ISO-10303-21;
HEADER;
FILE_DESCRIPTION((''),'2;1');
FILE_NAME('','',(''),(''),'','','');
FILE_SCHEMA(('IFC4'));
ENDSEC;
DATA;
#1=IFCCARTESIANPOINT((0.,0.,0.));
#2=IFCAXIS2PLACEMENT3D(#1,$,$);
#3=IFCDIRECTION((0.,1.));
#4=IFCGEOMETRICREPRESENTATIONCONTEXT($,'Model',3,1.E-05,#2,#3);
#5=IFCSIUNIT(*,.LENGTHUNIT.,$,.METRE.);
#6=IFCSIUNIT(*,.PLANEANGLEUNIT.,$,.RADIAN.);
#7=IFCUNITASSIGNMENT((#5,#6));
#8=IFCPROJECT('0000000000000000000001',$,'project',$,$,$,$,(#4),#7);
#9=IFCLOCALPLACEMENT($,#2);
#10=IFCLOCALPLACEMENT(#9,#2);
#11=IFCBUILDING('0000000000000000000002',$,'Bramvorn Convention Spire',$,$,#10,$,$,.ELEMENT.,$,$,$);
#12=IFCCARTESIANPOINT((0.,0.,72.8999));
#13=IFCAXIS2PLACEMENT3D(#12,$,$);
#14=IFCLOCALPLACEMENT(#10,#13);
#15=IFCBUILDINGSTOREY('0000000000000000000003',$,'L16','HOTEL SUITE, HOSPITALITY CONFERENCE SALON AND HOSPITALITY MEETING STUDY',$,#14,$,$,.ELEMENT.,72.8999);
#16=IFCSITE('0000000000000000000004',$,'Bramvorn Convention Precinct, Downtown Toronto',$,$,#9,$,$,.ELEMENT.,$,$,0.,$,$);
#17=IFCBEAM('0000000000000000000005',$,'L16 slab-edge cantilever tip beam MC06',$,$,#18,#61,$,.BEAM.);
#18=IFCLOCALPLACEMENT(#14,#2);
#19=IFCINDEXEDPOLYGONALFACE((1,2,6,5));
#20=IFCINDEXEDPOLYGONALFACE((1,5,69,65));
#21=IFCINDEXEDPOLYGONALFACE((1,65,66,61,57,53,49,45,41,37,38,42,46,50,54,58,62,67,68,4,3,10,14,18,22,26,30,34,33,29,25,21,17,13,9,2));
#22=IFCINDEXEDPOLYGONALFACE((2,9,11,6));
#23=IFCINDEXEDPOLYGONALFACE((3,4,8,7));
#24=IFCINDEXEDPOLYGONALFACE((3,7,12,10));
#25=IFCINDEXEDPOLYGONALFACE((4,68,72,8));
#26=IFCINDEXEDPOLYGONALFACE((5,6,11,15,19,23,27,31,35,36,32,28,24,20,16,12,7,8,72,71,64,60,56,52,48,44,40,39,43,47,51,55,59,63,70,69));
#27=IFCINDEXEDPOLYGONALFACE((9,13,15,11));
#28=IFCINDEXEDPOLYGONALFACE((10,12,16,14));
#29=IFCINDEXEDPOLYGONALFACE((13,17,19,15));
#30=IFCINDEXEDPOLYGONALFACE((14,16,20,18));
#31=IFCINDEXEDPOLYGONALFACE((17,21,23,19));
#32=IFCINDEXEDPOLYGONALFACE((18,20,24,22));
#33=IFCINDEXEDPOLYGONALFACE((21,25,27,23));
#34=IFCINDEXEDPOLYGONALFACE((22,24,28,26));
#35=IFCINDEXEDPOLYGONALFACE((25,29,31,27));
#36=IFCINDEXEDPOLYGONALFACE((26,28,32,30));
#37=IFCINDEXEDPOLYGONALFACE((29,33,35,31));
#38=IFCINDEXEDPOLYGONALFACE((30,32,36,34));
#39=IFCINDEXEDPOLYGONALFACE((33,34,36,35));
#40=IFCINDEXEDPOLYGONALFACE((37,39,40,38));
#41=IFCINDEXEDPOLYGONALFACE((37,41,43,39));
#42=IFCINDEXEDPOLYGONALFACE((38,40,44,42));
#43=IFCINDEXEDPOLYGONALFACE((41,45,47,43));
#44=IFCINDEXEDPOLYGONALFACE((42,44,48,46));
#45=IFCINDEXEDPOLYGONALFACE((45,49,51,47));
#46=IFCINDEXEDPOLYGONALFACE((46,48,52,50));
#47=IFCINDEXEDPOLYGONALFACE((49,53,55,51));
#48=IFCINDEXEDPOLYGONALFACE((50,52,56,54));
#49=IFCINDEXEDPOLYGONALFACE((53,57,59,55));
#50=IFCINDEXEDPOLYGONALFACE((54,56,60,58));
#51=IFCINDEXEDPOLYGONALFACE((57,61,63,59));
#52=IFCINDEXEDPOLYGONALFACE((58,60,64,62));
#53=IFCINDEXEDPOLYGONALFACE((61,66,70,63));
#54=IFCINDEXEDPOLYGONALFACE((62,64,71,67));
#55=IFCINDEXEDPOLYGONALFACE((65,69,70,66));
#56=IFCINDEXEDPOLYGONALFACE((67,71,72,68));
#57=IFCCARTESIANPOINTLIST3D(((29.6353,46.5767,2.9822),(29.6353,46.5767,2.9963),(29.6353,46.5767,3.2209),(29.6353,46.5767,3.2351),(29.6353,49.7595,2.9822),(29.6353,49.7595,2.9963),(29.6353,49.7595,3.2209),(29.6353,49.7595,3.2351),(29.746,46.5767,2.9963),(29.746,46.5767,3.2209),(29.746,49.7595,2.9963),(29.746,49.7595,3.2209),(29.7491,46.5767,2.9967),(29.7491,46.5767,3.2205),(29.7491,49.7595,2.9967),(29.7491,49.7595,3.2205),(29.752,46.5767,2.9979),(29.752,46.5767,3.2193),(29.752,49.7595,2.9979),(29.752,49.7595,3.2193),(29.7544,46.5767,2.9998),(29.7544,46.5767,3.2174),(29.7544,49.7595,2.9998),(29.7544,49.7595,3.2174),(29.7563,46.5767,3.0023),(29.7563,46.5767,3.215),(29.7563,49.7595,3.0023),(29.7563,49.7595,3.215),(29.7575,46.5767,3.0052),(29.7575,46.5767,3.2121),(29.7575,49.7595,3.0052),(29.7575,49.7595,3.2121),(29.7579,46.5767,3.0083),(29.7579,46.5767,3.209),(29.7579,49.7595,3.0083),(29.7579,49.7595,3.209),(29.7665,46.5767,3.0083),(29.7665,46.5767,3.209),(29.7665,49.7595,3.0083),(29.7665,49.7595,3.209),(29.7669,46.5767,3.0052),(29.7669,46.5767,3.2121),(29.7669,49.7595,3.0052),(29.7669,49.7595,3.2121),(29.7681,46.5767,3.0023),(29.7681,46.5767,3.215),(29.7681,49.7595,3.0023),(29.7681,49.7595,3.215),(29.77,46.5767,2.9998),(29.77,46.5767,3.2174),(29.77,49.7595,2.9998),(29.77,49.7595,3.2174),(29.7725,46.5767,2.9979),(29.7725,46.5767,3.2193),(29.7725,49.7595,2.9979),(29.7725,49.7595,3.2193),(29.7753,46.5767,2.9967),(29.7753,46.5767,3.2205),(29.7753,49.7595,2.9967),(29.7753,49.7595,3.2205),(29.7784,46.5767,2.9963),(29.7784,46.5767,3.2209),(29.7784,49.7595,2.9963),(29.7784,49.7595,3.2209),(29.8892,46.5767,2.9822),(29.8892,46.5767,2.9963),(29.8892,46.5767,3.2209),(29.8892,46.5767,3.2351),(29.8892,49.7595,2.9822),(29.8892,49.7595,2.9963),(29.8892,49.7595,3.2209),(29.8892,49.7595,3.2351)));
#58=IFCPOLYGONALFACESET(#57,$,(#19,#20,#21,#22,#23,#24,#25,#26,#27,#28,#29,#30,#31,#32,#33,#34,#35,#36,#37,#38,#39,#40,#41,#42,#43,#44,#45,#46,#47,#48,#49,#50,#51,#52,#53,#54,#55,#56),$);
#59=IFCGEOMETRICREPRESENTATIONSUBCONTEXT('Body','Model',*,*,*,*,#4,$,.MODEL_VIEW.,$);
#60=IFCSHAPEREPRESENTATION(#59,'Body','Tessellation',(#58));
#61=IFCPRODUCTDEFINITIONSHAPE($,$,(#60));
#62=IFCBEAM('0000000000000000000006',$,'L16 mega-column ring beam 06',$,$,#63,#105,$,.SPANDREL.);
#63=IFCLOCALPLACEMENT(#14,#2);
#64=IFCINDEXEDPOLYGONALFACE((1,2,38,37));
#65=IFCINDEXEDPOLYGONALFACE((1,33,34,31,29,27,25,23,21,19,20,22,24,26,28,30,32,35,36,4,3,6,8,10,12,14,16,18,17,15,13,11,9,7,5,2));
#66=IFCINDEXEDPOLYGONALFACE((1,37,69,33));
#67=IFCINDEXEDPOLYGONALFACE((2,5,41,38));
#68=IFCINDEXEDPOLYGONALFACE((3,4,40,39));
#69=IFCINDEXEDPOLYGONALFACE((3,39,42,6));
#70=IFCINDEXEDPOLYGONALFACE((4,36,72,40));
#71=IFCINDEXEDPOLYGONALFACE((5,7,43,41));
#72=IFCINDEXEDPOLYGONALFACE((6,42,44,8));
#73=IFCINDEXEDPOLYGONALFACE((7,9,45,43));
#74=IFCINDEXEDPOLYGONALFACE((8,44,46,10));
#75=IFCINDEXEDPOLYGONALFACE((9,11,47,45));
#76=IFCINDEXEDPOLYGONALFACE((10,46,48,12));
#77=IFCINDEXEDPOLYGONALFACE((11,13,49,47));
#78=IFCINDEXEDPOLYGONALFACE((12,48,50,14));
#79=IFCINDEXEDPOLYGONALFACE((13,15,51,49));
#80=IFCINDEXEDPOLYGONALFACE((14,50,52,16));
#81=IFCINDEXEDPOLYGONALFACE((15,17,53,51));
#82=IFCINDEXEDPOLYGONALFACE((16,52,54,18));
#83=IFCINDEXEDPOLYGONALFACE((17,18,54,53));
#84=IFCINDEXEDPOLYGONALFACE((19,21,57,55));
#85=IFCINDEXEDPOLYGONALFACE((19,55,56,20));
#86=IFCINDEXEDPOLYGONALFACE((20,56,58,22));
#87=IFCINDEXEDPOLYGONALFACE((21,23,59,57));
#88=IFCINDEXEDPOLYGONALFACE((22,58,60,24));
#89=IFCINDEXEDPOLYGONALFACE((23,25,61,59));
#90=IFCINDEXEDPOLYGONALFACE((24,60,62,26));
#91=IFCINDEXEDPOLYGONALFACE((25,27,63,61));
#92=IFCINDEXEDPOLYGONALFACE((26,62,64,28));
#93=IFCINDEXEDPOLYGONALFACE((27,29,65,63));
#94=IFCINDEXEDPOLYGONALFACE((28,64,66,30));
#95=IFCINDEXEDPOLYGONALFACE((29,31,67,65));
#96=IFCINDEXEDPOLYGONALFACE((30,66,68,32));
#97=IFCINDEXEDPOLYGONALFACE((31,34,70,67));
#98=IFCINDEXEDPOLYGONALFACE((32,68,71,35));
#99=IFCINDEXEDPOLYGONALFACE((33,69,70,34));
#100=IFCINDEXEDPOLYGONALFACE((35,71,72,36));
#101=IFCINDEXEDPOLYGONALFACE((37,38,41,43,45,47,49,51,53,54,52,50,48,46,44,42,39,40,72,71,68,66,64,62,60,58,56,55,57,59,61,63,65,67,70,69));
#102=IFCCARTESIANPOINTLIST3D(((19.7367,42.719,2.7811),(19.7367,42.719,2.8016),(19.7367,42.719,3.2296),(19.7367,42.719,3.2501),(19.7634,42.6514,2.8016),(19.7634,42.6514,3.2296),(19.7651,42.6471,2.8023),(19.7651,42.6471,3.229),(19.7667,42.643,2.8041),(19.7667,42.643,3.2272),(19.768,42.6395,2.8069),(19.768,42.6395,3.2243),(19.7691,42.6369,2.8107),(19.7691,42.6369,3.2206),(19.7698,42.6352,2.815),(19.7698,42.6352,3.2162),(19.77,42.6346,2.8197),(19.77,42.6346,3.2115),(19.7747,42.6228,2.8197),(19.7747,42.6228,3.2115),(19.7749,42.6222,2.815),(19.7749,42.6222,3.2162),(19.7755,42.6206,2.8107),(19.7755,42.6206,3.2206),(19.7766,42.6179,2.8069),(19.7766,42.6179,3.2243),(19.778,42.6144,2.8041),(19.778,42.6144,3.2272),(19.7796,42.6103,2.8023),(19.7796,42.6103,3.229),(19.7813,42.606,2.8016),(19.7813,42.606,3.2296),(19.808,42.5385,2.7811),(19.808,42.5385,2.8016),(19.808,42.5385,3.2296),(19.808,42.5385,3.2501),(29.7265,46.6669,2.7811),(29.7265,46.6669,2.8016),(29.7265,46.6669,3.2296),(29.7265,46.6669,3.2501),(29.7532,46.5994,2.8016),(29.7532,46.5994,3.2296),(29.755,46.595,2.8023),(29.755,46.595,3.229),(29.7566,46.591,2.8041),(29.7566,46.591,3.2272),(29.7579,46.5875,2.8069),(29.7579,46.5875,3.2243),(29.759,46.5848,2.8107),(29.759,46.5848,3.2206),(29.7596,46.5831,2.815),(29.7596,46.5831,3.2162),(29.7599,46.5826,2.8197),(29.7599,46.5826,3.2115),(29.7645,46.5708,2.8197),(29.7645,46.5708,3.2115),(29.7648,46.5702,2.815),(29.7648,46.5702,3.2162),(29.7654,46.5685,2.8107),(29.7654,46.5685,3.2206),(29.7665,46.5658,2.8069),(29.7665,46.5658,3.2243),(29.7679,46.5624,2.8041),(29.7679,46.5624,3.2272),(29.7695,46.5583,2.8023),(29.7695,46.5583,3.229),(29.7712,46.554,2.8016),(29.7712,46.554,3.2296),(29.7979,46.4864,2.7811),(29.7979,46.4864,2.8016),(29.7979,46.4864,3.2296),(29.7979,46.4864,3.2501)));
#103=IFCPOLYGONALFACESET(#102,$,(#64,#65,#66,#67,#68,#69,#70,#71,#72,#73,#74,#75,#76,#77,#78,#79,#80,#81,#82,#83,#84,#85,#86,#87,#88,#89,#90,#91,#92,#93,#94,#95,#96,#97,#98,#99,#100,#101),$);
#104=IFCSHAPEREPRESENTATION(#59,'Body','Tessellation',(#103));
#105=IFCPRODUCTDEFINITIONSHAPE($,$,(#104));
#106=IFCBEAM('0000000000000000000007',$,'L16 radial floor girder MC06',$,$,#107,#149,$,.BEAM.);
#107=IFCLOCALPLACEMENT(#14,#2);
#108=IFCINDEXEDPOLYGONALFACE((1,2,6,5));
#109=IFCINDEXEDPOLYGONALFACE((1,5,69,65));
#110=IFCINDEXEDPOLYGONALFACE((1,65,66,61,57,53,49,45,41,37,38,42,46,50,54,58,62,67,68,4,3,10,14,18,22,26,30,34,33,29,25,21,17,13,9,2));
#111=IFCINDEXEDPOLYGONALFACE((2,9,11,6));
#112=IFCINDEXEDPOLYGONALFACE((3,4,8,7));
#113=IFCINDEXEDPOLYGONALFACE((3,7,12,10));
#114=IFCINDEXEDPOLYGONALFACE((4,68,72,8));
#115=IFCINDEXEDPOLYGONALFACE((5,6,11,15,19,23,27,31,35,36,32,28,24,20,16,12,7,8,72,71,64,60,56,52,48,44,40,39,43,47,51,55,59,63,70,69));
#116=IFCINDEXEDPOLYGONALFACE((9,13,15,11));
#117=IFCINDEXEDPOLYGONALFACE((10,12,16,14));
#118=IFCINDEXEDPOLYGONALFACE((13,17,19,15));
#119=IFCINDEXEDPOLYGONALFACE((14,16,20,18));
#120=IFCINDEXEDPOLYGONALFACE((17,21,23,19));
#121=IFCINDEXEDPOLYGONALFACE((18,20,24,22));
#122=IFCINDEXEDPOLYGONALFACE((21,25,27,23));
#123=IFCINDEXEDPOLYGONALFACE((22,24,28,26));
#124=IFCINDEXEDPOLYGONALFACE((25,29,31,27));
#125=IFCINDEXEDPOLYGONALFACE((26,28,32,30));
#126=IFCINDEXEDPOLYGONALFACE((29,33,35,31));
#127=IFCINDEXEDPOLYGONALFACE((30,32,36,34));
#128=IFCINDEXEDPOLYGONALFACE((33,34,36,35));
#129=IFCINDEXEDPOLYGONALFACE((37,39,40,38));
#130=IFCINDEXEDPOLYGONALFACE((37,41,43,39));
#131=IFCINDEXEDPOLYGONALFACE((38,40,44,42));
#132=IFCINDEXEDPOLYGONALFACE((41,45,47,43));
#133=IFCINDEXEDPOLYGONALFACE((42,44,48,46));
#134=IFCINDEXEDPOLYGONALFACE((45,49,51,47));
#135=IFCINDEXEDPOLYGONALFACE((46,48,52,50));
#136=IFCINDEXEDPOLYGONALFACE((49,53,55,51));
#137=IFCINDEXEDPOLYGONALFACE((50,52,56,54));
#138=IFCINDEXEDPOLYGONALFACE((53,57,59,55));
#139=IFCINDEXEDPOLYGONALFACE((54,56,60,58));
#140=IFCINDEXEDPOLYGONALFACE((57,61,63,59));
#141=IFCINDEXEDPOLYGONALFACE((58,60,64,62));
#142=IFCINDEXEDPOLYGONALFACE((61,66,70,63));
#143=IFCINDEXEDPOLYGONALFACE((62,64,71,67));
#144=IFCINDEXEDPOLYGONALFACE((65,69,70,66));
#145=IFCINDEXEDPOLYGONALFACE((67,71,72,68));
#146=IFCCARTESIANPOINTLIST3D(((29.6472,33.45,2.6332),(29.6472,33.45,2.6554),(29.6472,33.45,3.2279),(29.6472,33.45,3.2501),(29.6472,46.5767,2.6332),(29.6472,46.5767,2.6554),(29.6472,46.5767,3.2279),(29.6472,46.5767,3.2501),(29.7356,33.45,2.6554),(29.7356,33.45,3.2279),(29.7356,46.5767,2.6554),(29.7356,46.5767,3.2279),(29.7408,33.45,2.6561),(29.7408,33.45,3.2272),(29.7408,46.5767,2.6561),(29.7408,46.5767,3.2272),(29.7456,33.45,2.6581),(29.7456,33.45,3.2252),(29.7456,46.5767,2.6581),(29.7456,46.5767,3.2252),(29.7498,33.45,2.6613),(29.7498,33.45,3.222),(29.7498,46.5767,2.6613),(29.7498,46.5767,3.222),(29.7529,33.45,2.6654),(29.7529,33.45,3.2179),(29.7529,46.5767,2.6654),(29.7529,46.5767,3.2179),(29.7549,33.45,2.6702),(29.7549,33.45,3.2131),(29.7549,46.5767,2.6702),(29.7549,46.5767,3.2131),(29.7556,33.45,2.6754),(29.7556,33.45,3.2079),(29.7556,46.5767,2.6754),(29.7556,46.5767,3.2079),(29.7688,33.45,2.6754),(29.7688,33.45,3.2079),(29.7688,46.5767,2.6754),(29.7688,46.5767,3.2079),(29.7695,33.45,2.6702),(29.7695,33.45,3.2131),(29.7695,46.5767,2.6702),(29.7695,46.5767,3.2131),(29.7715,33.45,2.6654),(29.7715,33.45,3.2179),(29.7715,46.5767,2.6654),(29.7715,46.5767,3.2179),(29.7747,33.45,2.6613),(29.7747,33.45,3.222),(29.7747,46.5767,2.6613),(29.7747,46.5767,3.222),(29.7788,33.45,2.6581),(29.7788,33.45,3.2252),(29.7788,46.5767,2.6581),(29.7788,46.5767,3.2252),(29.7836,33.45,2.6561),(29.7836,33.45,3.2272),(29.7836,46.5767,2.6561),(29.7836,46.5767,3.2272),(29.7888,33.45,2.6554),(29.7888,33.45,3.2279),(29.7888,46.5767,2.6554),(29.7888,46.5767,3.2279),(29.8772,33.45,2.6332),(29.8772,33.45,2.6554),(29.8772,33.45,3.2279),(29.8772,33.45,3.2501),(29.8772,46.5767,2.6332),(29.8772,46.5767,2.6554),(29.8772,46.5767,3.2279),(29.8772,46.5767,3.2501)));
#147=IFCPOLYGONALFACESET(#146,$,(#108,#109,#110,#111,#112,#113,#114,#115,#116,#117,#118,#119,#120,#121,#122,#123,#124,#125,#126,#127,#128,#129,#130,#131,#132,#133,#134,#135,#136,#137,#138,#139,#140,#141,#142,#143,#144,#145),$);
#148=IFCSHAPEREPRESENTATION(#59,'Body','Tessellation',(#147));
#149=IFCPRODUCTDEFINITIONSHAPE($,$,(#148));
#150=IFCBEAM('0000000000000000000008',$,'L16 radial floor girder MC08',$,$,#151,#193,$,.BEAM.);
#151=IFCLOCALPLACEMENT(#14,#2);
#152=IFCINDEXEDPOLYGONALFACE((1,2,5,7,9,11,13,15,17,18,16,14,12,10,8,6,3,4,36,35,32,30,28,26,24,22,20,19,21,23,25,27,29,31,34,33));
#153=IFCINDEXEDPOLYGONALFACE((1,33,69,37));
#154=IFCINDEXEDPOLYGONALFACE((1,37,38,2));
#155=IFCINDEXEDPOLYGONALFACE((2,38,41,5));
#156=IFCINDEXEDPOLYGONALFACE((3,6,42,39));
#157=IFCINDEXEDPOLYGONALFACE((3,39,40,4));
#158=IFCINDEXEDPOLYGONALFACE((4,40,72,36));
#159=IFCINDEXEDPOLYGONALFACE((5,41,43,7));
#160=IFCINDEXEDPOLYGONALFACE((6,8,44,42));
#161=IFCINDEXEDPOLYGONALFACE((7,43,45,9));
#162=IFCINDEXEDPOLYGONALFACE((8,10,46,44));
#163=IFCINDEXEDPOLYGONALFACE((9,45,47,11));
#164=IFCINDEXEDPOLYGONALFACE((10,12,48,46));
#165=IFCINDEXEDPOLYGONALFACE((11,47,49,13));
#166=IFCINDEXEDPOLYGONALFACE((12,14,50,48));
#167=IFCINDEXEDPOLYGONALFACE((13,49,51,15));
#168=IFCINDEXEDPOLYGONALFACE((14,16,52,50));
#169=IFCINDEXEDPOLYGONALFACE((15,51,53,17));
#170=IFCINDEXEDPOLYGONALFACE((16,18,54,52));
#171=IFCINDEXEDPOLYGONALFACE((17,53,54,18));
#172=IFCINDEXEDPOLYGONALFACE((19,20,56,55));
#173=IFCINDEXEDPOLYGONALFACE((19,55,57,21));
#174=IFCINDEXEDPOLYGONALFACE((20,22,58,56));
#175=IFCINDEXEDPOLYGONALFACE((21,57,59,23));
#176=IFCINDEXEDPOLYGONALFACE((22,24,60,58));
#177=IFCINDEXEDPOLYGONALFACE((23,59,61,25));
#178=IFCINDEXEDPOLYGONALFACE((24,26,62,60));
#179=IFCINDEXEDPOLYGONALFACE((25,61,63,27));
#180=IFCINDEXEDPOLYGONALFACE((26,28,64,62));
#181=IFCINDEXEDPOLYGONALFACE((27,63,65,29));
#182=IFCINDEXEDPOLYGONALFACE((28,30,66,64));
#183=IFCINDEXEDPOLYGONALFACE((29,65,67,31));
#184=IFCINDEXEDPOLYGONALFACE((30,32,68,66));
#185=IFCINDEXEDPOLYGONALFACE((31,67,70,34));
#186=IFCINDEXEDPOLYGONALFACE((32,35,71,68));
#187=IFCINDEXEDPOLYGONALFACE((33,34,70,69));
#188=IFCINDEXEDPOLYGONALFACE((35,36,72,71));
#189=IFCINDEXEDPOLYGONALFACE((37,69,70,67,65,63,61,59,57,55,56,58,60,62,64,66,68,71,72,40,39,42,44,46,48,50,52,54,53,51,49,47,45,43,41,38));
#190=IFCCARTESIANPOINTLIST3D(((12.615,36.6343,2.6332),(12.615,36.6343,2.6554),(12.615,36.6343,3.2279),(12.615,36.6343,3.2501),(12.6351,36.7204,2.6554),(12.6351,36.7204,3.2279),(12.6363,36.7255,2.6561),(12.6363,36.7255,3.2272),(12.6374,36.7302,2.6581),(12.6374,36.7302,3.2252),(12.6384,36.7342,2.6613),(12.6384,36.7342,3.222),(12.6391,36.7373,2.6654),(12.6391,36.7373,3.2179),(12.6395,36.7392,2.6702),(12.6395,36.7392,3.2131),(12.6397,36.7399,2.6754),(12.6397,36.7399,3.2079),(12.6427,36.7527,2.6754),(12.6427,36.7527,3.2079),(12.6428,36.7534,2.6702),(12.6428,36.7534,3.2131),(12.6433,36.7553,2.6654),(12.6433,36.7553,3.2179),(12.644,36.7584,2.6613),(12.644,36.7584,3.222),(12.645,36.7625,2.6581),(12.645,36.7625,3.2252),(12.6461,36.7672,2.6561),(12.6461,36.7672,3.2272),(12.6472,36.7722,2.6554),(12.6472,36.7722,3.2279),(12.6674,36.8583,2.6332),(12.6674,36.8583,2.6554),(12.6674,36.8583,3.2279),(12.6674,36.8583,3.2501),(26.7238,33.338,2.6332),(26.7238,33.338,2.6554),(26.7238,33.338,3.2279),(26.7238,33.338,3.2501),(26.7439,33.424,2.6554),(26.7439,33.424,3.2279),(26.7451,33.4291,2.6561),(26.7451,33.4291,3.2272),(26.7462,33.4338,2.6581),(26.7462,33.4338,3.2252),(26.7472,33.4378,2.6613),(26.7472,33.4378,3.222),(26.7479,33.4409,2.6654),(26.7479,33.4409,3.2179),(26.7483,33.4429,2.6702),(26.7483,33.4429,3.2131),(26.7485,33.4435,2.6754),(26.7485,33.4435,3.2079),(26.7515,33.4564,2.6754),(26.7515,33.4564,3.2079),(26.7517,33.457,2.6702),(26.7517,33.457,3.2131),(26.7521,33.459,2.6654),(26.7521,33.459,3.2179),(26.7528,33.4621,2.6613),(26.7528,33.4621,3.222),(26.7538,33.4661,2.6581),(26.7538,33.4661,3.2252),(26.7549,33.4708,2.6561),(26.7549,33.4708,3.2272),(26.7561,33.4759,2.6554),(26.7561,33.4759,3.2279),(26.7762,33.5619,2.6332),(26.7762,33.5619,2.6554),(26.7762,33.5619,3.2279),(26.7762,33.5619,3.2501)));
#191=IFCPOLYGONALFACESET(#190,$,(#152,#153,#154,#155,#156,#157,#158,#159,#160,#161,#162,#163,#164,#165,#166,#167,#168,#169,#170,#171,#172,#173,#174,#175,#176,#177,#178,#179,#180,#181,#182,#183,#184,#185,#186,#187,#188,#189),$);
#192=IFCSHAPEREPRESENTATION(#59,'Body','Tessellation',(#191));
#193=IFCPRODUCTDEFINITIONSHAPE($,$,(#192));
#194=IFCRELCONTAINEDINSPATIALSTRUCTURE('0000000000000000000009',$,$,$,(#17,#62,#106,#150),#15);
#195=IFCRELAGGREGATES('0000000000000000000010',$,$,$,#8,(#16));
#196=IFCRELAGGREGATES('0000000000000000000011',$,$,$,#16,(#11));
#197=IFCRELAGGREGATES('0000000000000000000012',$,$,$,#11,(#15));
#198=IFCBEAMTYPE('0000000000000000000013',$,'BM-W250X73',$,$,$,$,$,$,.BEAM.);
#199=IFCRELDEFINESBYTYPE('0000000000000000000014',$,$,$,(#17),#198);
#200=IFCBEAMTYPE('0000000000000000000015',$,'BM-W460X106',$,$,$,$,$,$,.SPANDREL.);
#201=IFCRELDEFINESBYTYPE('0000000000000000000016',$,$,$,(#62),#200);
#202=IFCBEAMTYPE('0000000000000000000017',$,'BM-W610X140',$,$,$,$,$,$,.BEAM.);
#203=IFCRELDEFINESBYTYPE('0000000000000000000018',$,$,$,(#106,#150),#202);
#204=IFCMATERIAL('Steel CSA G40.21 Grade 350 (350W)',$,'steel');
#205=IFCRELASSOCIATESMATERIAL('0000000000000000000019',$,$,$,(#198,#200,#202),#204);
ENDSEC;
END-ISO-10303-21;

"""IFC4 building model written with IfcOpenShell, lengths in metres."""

from ifc_helpers import new_model, si_unit, direction, frame, origin, origin_2d, place, context, subcontext, project, spatial, i_section, extrude, material, material_profile, profile_set, type_object, element, save


model = new_model("IFC4")

# Units and contexts
model_context = context("Model", 3, precision=1e-05, world=origin(), true_north=direction((0.0, 1.0)))
body_context = subcontext(model_context, "Body", "Model", "MODEL_VIEW")
ifc_project = project(units=[si_unit("LENGTHUNIT", "METRE"), si_unit("PLANEANGLEUNIT", "RADIAN")], contexts=[model_context])

# Site, building, storey
site_placement = place(None, origin())
site = spatial("IfcSite", under=ifc_project, at=site_placement, Name="Bramvorn Convention Precinct, Downtown Toronto", CompositionType="ELEMENT", RefElevation=0.0)
building_placement = place(site_placement, origin())
building = spatial("IfcBuilding", under=site, at=building_placement, Name="Bramvorn Convention Spire", CompositionType="ELEMENT")
storey_placement = place(building_placement, frame((0.0, 0.0, 72.8999)))
storey = spatial("IfcBuildingStorey", under=building, at=storey_placement, Name="L16", Description="HOTEL SUITE, HOSPITALITY CONFERENCE SALON AND HOSPITALITY MEETING STUDY", CompositionType="ELEMENT", Elevation=72.8999)

# Shared definitions
ifc_material_1 = material(Name="Steel CSA G40.21 Grade 350 (350W)", Category="steel")

# Beams
ifc_material_profile_1 = material_profile(ifc_material_1, i_section(OverallWidth=0.2539, OverallDepth=0.2529, WebThickness=0.0085, FlangeThickness=0.0142, FilletRadius=0.012, at=origin_2d()))
ifc_profile_set_1 = profile_set([ifc_material_profile_1], Name="Steel CSA G40.21 Grade 350 (350W) - W250X73")
beam_type_1 = type_object("IfcBeamType", Name="BM-W250X73", PredefinedType="BEAM", material=ifc_profile_set_1)
beam_1_placement = place(storey_placement, frame((29.7622, 46.5767, 3.1086), z_axis=(0.0, 1.0, 0.0), x_axis=(-1.0, 0.0, 0.0)))
element("IfcBeam", 1, at=beam_1_placement, inside=storey, type_object=beam_type_1, Name="L16 slab-edge cantilever tip beam MC06", PredefinedType="BEAM", context=body_context, shape_type="SweptSolid", body=[
    extrude(i_section(OverallWidth=0.2539, OverallDepth=0.2529, WebThickness=0.0085, FlangeThickness=0.0142, FilletRadius=0.012, at=origin_2d()), origin(), (0.0, 0.0, 1.0), 3.1829),
])
ifc_material_profile_2 = material_profile(ifc_material_1, i_section(OverallWidth=0.1941, OverallDepth=0.469, WebThickness=0.0127, FlangeThickness=0.0205, FilletRadius=0.0181, at=origin_2d()))
ifc_profile_set_2 = profile_set([ifc_material_profile_2], Name="Steel CSA G40.21 Grade 350 (350W) - W460X106")
beam_type_2 = type_object("IfcBeamType", Name="BM-W460X106", PredefinedType="SPANDREL", material=ifc_profile_set_2)
beam_2_placement = place(storey_placement, frame((29.7622, 46.5767, 3.0156), z_axis=(-0.93001, -0.367535, 0.0), x_axis=(0.367535, -0.93001, 0.0)))
element("IfcBeam", 2, at=beam_2_placement, inside=storey, type_object=beam_type_2, Name="L16 mega-column ring beam 06", PredefinedType="SPANDREL", context=body_context, shape_type="SweptSolid", body=[
    extrude(i_section(OverallWidth=0.1941, OverallDepth=0.469, WebThickness=0.0127, FlangeThickness=0.0205, FilletRadius=0.0181, at=origin_2d()), origin(), (0.0, 0.0, 1.0), 10.7417),
])
ifc_material_profile_3 = material_profile(ifc_material_1, i_section(OverallWidth=0.23, OverallDepth=0.6169, WebThickness=0.0132, FlangeThickness=0.0222, FilletRadius=0.02, at=origin_2d()))
ifc_profile_set_3 = profile_set([ifc_material_profile_3], Name="Steel CSA G40.21 Grade 350 (350W) - W610X140")
beam_type_3 = type_object("IfcBeamType", Name="BM-W610X140", PredefinedType="BEAM", material=ifc_profile_set_3)
beam_3_placement = place(storey_placement, frame((29.7622, 33.45, 2.9417), z_axis=(0.0, 1.0, 0.0), x_axis=(-1.0, 0.0, 0.0)))
element("IfcBeam", 3, at=beam_3_placement, inside=storey, type_object=beam_type_3, Name="L16 radial floor girder MC06", PredefinedType="BEAM", context=body_context, shape_type="SweptSolid", body=[
    extrude(i_section(OverallWidth=0.23, OverallDepth=0.6169, WebThickness=0.0132, FlangeThickness=0.0222, FilletRadius=0.02, at=origin_2d()), origin(), (0.0, 0.0, 1.0), 13.1267),
])
beam_4_placement = place(storey_placement, frame((26.75, 33.45, 2.9417), z_axis=(-0.973775, 0.227512, 0.0), x_axis=(-0.227512, -0.973775, 0.0)))
element("IfcBeam", 4, at=beam_4_placement, inside=storey, type_object=beam_type_3, Name="L16 radial floor girder MC08", PredefinedType="BEAM", context=body_context, shape_type="SweptSolid", body=[
    extrude(i_section(OverallWidth=0.23, OverallDepth=0.6169, WebThickness=0.0132, FlangeThickness=0.0222, FilletRadius=0.02, at=origin_2d()), origin(), (0.0, 0.0, 1.0), 14.4888),
])

save(model, "model.ifc")
